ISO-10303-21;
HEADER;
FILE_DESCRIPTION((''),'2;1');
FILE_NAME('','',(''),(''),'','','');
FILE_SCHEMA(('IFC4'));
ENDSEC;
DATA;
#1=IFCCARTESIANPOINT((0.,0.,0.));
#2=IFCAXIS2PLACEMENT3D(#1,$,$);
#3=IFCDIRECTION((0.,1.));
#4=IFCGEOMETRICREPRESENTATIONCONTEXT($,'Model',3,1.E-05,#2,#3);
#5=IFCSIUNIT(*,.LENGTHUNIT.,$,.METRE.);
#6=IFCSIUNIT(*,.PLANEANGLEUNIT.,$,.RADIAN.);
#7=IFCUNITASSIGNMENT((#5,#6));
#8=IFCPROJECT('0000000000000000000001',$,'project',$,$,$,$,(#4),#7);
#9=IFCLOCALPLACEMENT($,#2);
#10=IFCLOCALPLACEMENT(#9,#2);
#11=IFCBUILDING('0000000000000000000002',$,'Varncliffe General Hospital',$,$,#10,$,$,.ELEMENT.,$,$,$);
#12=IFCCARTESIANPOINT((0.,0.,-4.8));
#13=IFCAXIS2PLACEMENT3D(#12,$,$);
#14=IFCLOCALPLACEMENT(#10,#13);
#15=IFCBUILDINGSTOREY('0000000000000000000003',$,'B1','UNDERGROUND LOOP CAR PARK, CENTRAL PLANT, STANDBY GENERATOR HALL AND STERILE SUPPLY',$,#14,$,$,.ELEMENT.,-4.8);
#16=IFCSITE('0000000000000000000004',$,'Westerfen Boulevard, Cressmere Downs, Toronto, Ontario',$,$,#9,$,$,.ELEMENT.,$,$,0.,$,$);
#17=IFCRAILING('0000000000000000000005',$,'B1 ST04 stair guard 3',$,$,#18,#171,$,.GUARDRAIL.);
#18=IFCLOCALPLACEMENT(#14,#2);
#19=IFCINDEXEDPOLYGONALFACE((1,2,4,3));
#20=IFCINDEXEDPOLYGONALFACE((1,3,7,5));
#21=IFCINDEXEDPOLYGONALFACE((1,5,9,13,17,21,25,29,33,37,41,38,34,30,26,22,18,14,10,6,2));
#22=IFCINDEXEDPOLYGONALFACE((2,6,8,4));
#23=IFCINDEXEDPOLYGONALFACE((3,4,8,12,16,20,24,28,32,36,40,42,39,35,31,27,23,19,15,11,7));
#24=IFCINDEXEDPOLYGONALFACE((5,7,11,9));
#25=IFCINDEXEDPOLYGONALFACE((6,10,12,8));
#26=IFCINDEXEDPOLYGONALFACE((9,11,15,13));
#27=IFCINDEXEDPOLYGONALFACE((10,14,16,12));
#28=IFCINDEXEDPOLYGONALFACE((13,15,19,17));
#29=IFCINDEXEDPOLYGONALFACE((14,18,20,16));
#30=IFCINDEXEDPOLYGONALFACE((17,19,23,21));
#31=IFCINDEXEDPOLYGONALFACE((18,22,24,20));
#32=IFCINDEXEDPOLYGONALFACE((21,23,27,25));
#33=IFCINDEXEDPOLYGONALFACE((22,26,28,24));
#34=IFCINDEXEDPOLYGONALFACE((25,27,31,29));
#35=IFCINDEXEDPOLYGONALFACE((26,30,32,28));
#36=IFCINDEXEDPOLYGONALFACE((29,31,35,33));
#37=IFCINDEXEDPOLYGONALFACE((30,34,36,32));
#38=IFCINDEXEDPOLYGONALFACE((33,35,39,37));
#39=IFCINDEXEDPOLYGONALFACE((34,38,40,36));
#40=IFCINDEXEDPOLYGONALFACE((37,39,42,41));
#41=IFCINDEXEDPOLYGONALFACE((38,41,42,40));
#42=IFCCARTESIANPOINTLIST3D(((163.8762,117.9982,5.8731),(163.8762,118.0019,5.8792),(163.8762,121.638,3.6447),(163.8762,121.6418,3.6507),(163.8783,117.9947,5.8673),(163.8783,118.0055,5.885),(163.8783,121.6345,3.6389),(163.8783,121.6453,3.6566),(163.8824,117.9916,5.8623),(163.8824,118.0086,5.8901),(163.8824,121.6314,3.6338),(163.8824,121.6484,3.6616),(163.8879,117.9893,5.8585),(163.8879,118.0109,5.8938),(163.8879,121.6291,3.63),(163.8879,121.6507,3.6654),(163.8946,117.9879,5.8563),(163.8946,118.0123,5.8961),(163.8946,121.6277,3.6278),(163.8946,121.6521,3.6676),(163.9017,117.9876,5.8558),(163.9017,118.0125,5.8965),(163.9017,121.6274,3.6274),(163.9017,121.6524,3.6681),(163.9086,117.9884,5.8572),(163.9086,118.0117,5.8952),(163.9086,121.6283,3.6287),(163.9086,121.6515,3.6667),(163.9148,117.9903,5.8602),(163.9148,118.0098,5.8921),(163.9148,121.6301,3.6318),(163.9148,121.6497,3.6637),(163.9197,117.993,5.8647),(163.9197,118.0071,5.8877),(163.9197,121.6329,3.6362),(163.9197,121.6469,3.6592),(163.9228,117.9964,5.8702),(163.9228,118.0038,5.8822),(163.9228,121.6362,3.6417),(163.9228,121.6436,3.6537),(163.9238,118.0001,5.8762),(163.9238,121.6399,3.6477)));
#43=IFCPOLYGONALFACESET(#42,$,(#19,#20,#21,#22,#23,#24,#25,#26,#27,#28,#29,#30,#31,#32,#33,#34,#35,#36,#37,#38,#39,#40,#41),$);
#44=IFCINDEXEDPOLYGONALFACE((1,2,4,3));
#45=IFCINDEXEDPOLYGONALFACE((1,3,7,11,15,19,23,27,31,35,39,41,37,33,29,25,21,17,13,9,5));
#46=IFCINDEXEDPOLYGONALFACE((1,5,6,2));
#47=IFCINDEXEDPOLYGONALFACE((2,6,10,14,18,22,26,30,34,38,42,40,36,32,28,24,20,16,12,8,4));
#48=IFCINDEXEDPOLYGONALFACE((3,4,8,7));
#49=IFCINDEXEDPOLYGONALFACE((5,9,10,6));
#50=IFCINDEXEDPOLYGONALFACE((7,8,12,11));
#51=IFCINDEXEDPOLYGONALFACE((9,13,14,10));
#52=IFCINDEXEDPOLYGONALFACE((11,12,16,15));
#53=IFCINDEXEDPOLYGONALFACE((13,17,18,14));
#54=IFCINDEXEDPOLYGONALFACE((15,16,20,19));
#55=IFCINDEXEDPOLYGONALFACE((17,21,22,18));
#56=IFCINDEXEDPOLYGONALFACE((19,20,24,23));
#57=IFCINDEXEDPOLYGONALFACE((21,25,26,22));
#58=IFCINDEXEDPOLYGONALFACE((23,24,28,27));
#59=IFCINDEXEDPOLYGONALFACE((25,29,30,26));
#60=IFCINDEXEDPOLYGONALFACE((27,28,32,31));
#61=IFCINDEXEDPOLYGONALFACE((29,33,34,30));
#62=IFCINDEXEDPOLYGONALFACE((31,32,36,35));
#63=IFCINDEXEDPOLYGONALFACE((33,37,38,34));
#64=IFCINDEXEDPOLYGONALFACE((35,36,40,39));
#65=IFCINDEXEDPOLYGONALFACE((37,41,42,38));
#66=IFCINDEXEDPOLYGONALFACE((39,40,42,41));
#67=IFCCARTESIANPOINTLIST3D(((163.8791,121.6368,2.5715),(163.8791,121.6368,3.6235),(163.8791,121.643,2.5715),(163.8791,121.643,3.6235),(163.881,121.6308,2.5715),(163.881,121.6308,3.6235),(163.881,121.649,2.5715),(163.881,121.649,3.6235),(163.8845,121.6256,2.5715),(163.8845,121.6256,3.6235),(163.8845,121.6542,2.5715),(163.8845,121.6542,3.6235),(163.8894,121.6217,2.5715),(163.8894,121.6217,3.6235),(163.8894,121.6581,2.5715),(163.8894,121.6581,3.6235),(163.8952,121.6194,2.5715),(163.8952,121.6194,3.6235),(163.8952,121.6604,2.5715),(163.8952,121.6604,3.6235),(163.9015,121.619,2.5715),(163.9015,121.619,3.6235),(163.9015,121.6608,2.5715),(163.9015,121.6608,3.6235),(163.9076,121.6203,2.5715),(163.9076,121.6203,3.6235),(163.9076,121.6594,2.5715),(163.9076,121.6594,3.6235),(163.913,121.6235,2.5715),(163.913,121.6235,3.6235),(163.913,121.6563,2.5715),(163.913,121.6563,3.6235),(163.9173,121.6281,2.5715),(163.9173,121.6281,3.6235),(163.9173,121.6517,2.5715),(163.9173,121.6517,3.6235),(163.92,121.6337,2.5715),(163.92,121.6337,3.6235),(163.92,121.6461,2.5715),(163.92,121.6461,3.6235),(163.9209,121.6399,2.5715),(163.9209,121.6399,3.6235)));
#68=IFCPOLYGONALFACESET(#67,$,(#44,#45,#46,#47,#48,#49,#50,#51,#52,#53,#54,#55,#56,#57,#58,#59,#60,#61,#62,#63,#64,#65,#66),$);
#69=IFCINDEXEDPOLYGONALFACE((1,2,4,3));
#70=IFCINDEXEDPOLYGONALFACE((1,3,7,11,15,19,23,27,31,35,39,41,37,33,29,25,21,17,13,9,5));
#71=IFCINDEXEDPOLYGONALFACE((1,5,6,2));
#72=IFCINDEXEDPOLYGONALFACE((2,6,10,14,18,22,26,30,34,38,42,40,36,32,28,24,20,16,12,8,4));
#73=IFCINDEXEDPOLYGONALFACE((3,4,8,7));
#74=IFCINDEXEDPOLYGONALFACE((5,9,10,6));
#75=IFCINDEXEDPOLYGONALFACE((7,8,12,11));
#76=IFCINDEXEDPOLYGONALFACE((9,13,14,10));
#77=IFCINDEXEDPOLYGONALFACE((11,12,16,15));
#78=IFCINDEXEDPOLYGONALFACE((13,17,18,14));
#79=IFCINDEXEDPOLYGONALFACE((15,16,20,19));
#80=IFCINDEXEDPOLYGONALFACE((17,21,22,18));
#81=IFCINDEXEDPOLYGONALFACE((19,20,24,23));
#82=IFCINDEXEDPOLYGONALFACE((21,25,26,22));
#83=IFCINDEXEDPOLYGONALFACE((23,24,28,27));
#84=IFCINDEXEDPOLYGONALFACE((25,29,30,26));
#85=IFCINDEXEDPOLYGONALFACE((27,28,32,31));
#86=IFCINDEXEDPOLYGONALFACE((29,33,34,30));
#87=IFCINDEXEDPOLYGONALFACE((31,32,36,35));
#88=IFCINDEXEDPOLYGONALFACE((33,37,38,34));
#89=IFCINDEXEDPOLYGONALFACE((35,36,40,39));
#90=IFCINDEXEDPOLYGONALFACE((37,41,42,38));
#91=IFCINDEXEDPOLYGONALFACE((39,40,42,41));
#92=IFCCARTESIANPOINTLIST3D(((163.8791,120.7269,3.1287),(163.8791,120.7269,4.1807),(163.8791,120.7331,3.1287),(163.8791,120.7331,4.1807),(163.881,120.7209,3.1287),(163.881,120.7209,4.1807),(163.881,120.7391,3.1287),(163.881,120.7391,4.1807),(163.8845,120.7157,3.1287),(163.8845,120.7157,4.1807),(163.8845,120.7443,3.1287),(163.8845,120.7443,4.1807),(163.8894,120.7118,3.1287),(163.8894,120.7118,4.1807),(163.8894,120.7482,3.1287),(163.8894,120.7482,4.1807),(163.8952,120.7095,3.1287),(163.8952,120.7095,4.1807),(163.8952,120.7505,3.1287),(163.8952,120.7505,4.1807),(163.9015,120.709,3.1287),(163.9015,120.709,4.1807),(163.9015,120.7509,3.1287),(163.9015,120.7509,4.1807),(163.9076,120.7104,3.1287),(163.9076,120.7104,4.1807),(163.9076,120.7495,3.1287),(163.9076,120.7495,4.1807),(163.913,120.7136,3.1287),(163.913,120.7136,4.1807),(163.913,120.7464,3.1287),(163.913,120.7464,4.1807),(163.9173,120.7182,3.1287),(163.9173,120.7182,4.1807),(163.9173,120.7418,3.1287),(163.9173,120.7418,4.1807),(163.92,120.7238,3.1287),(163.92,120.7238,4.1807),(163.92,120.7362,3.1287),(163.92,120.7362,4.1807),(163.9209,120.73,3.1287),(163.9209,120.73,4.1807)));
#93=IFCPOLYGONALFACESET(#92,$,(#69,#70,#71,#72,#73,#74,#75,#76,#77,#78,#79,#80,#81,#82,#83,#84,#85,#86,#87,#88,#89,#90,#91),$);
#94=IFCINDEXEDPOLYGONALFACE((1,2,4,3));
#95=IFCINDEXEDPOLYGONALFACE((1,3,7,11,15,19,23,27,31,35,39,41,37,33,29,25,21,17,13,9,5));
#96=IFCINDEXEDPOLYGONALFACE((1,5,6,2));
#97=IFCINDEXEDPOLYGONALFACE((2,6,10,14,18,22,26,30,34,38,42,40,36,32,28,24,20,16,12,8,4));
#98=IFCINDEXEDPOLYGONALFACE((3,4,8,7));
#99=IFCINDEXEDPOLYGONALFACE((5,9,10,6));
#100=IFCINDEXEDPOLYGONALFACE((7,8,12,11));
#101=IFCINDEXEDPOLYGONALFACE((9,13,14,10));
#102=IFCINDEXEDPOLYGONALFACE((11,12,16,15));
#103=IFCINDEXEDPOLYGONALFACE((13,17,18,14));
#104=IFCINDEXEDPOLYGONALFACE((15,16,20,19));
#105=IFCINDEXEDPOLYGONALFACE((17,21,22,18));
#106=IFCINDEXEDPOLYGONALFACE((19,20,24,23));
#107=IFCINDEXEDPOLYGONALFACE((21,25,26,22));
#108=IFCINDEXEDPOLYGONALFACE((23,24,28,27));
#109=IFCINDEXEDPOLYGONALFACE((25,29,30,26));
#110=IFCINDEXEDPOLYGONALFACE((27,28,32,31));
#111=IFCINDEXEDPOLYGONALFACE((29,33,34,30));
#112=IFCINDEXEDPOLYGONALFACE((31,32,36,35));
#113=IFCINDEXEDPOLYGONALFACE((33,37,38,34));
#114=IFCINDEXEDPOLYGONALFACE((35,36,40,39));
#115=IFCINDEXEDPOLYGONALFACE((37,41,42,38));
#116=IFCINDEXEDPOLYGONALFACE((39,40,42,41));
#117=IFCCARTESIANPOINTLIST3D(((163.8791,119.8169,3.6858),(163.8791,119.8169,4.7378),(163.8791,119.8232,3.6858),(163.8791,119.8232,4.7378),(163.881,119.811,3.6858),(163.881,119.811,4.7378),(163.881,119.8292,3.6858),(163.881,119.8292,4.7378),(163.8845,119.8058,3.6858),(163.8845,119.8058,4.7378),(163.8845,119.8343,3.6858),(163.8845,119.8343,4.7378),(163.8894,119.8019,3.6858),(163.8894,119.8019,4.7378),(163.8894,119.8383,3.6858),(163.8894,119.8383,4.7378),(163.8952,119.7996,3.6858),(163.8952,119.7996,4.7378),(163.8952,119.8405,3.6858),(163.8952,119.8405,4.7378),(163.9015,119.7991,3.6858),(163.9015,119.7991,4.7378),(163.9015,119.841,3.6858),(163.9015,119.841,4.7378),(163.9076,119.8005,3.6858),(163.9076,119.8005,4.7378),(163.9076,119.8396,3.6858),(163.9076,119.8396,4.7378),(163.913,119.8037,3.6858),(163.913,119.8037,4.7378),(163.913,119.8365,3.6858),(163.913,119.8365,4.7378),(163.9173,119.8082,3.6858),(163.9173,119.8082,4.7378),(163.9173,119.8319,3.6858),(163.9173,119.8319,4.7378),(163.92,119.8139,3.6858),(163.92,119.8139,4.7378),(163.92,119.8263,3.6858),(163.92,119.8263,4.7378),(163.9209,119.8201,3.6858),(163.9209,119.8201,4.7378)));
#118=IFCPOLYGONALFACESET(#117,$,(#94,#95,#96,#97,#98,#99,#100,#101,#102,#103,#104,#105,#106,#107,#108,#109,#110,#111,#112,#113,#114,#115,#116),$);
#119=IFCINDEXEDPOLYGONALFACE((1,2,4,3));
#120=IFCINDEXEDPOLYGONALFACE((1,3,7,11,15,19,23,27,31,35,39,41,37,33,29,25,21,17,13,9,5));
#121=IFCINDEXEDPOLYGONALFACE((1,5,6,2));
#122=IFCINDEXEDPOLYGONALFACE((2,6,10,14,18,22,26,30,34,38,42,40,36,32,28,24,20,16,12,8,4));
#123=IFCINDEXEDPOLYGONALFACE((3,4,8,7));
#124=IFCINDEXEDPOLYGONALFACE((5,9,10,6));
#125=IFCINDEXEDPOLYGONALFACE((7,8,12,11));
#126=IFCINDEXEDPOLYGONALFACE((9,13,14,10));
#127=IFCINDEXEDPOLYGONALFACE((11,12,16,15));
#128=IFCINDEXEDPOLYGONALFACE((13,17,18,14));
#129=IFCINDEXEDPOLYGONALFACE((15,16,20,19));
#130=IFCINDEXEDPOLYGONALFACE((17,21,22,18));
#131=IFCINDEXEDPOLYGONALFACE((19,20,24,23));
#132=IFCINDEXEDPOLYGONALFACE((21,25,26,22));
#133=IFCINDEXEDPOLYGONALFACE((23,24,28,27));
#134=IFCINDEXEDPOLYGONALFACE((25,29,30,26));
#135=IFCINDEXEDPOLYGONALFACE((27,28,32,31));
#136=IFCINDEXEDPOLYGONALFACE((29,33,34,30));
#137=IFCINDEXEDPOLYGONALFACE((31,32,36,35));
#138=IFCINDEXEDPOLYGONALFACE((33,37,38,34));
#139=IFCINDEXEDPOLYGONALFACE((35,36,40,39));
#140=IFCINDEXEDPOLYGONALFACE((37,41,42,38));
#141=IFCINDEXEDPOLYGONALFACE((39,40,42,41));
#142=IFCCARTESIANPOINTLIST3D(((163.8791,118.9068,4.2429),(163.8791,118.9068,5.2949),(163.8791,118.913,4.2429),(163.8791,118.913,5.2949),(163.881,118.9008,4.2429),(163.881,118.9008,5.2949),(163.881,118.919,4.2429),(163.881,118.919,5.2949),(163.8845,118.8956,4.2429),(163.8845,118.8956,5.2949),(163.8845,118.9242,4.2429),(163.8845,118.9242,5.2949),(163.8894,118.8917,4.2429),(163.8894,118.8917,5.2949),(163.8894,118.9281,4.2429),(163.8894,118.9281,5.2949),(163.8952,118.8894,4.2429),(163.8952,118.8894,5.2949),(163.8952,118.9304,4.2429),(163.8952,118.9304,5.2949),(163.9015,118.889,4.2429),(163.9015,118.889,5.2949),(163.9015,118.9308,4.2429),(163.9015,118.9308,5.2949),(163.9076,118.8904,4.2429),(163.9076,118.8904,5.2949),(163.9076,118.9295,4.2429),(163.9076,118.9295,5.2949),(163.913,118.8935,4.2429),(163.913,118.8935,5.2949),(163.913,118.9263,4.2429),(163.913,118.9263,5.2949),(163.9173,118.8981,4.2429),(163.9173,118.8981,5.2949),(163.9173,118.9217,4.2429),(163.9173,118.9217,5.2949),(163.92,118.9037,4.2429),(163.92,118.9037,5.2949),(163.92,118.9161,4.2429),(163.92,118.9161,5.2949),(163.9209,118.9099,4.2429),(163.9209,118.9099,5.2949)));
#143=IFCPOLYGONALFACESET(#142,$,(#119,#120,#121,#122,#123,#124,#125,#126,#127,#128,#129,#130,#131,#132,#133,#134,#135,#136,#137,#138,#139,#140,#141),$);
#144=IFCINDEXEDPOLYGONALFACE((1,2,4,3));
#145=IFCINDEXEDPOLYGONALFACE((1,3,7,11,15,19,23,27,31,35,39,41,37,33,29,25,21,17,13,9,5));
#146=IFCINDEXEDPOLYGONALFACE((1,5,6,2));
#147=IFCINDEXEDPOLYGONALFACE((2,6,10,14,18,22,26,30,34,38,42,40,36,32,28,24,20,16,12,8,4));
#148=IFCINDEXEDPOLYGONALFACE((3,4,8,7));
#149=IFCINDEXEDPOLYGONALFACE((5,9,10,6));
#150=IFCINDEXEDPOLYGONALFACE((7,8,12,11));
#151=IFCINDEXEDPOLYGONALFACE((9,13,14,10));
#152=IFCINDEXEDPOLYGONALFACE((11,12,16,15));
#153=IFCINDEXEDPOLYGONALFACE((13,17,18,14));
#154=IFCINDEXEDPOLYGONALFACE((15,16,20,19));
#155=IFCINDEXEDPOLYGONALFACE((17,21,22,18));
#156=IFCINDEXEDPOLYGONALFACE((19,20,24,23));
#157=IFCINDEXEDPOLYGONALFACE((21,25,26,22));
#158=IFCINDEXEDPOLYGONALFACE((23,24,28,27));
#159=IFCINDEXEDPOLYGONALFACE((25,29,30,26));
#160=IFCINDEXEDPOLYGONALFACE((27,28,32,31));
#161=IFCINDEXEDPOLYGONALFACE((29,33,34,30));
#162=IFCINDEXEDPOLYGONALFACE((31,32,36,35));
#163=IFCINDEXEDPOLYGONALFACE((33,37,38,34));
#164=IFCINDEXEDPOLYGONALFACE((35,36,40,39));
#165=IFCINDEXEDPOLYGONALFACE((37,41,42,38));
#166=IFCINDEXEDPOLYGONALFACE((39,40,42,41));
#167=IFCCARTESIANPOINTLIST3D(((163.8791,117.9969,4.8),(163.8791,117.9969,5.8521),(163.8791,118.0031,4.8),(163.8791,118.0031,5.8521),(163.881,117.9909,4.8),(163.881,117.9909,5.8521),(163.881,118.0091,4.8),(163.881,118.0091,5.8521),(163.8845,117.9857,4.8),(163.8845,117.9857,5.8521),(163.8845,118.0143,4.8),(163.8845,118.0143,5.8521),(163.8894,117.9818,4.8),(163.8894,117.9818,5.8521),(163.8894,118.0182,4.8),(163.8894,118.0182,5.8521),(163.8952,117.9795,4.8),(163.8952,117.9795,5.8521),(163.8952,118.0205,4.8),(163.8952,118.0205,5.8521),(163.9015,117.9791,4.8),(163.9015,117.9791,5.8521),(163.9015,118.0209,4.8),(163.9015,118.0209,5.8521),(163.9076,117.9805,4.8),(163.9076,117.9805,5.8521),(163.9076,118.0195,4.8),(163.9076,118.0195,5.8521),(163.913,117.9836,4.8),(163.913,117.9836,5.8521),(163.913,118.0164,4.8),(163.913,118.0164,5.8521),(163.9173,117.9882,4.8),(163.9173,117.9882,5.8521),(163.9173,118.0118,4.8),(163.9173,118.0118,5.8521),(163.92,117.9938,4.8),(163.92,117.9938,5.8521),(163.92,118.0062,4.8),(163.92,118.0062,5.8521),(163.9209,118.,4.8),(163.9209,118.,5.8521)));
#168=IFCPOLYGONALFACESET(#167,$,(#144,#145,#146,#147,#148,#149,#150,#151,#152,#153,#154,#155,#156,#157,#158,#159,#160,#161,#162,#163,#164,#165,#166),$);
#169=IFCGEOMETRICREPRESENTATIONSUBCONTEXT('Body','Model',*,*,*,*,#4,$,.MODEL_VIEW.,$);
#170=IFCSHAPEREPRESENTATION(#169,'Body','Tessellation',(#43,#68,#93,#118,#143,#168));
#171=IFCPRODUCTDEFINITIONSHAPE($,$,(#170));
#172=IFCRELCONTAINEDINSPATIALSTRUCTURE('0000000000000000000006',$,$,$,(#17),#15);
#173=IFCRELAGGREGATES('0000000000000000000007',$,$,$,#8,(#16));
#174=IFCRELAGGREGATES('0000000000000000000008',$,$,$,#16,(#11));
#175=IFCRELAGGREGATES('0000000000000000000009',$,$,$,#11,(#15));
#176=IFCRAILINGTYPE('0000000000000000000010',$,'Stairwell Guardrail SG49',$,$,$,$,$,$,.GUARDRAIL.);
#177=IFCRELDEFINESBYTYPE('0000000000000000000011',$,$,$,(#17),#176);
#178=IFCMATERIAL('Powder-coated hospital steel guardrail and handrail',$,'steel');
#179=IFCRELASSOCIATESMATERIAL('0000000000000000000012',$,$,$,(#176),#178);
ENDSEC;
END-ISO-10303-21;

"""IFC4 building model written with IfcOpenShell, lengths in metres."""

from ifc_helpers import new_model, si_unit, direction, frame, origin, origin_2d, place, context, subcontext, project, spatial, circle, extrude, material, type_object, element, save


model = new_model("IFC4")

# Units and contexts
model_context = context("Model", 3, precision=1e-05, world=origin(), true_north=direction((0.0, 1.0)))
body_context = subcontext(model_context, "Body", "Model", "MODEL_VIEW")
ifc_project = project(units=[si_unit("LENGTHUNIT", "METRE"), si_unit("PLANEANGLEUNIT", "RADIAN")], contexts=[model_context])

# Site, building, storey
site_placement = place(None, origin())
site = spatial("IfcSite", under=ifc_project, at=site_placement, Name="Westerfen Boulevard, Cressmere Downs, Toronto, Ontario", CompositionType="ELEMENT", RefElevation=0.0)
building_placement = place(site_placement, origin())
building = spatial("IfcBuilding", under=site, at=building_placement, Name="Varncliffe General Hospital", CompositionType="ELEMENT")
storey_placement = place(building_placement, frame((0.0, 0.0, -4.8)))
storey = spatial("IfcBuildingStorey", under=building, at=storey_placement, Name="B1", Description="UNDERGROUND LOOP CAR PARK, CENTRAL PLANT, STANDBY GENERATOR HALL AND STERILE SUPPLY", CompositionType="ELEMENT", Elevation=-4.8)

# Railing
ifc_material_1 = material(Name="Powder-coated hospital steel guardrail and handrail", Category="steel")
railing_type_1 = type_object("IfcRailingType", Name="Stairwell Guardrail SG49", PredefinedType="GUARDRAIL", material=ifc_material_1)
railing_1_placement = place(storey_placement, frame((163.8999, 121.6399, 2.5715)))
element("IfcRailing", 1, at=railing_1_placement, inside=storey, type_object=railing_type_1, Name="B1 ST04 stair guard 3", PredefinedType="GUARDRAIL", context=body_context, shape_type="SweptSolid", body=[
    extrude(circle(Radius=0.0239, at=origin_2d()), frame((0.0, 0.0, 1.0762), z_axis=(0.0, -0.85285, 0.522156), x_axis=(1.0, 0.0, 0.0)), (0.0, 0.0, 1.0), 4.2678),
    extrude(circle(Radius=0.021, at=origin_2d()), origin(), (0.0, 0.0, 1.0), 1.052),
    extrude(circle(Radius=0.021, at=origin_2d()), frame((0.0, -0.9099, 0.5571)), (0.0, 0.0, 1.0), 1.052),
    extrude(circle(Radius=0.021, at=origin_2d()), frame((0.0, -1.8198, 1.1143)), (0.0, 0.0, 1.0), 1.052),
    extrude(circle(Radius=0.021, at=origin_2d()), frame((0.0, -2.73, 1.6714)), (0.0, 0.0, 1.0), 1.052),
    extrude(circle(Radius=0.021, at=origin_2d()), frame((0.0, -3.6399, 2.2285)), (0.0, 0.0, 1.0), 1.052),
])

save(model, "model.ifc")
